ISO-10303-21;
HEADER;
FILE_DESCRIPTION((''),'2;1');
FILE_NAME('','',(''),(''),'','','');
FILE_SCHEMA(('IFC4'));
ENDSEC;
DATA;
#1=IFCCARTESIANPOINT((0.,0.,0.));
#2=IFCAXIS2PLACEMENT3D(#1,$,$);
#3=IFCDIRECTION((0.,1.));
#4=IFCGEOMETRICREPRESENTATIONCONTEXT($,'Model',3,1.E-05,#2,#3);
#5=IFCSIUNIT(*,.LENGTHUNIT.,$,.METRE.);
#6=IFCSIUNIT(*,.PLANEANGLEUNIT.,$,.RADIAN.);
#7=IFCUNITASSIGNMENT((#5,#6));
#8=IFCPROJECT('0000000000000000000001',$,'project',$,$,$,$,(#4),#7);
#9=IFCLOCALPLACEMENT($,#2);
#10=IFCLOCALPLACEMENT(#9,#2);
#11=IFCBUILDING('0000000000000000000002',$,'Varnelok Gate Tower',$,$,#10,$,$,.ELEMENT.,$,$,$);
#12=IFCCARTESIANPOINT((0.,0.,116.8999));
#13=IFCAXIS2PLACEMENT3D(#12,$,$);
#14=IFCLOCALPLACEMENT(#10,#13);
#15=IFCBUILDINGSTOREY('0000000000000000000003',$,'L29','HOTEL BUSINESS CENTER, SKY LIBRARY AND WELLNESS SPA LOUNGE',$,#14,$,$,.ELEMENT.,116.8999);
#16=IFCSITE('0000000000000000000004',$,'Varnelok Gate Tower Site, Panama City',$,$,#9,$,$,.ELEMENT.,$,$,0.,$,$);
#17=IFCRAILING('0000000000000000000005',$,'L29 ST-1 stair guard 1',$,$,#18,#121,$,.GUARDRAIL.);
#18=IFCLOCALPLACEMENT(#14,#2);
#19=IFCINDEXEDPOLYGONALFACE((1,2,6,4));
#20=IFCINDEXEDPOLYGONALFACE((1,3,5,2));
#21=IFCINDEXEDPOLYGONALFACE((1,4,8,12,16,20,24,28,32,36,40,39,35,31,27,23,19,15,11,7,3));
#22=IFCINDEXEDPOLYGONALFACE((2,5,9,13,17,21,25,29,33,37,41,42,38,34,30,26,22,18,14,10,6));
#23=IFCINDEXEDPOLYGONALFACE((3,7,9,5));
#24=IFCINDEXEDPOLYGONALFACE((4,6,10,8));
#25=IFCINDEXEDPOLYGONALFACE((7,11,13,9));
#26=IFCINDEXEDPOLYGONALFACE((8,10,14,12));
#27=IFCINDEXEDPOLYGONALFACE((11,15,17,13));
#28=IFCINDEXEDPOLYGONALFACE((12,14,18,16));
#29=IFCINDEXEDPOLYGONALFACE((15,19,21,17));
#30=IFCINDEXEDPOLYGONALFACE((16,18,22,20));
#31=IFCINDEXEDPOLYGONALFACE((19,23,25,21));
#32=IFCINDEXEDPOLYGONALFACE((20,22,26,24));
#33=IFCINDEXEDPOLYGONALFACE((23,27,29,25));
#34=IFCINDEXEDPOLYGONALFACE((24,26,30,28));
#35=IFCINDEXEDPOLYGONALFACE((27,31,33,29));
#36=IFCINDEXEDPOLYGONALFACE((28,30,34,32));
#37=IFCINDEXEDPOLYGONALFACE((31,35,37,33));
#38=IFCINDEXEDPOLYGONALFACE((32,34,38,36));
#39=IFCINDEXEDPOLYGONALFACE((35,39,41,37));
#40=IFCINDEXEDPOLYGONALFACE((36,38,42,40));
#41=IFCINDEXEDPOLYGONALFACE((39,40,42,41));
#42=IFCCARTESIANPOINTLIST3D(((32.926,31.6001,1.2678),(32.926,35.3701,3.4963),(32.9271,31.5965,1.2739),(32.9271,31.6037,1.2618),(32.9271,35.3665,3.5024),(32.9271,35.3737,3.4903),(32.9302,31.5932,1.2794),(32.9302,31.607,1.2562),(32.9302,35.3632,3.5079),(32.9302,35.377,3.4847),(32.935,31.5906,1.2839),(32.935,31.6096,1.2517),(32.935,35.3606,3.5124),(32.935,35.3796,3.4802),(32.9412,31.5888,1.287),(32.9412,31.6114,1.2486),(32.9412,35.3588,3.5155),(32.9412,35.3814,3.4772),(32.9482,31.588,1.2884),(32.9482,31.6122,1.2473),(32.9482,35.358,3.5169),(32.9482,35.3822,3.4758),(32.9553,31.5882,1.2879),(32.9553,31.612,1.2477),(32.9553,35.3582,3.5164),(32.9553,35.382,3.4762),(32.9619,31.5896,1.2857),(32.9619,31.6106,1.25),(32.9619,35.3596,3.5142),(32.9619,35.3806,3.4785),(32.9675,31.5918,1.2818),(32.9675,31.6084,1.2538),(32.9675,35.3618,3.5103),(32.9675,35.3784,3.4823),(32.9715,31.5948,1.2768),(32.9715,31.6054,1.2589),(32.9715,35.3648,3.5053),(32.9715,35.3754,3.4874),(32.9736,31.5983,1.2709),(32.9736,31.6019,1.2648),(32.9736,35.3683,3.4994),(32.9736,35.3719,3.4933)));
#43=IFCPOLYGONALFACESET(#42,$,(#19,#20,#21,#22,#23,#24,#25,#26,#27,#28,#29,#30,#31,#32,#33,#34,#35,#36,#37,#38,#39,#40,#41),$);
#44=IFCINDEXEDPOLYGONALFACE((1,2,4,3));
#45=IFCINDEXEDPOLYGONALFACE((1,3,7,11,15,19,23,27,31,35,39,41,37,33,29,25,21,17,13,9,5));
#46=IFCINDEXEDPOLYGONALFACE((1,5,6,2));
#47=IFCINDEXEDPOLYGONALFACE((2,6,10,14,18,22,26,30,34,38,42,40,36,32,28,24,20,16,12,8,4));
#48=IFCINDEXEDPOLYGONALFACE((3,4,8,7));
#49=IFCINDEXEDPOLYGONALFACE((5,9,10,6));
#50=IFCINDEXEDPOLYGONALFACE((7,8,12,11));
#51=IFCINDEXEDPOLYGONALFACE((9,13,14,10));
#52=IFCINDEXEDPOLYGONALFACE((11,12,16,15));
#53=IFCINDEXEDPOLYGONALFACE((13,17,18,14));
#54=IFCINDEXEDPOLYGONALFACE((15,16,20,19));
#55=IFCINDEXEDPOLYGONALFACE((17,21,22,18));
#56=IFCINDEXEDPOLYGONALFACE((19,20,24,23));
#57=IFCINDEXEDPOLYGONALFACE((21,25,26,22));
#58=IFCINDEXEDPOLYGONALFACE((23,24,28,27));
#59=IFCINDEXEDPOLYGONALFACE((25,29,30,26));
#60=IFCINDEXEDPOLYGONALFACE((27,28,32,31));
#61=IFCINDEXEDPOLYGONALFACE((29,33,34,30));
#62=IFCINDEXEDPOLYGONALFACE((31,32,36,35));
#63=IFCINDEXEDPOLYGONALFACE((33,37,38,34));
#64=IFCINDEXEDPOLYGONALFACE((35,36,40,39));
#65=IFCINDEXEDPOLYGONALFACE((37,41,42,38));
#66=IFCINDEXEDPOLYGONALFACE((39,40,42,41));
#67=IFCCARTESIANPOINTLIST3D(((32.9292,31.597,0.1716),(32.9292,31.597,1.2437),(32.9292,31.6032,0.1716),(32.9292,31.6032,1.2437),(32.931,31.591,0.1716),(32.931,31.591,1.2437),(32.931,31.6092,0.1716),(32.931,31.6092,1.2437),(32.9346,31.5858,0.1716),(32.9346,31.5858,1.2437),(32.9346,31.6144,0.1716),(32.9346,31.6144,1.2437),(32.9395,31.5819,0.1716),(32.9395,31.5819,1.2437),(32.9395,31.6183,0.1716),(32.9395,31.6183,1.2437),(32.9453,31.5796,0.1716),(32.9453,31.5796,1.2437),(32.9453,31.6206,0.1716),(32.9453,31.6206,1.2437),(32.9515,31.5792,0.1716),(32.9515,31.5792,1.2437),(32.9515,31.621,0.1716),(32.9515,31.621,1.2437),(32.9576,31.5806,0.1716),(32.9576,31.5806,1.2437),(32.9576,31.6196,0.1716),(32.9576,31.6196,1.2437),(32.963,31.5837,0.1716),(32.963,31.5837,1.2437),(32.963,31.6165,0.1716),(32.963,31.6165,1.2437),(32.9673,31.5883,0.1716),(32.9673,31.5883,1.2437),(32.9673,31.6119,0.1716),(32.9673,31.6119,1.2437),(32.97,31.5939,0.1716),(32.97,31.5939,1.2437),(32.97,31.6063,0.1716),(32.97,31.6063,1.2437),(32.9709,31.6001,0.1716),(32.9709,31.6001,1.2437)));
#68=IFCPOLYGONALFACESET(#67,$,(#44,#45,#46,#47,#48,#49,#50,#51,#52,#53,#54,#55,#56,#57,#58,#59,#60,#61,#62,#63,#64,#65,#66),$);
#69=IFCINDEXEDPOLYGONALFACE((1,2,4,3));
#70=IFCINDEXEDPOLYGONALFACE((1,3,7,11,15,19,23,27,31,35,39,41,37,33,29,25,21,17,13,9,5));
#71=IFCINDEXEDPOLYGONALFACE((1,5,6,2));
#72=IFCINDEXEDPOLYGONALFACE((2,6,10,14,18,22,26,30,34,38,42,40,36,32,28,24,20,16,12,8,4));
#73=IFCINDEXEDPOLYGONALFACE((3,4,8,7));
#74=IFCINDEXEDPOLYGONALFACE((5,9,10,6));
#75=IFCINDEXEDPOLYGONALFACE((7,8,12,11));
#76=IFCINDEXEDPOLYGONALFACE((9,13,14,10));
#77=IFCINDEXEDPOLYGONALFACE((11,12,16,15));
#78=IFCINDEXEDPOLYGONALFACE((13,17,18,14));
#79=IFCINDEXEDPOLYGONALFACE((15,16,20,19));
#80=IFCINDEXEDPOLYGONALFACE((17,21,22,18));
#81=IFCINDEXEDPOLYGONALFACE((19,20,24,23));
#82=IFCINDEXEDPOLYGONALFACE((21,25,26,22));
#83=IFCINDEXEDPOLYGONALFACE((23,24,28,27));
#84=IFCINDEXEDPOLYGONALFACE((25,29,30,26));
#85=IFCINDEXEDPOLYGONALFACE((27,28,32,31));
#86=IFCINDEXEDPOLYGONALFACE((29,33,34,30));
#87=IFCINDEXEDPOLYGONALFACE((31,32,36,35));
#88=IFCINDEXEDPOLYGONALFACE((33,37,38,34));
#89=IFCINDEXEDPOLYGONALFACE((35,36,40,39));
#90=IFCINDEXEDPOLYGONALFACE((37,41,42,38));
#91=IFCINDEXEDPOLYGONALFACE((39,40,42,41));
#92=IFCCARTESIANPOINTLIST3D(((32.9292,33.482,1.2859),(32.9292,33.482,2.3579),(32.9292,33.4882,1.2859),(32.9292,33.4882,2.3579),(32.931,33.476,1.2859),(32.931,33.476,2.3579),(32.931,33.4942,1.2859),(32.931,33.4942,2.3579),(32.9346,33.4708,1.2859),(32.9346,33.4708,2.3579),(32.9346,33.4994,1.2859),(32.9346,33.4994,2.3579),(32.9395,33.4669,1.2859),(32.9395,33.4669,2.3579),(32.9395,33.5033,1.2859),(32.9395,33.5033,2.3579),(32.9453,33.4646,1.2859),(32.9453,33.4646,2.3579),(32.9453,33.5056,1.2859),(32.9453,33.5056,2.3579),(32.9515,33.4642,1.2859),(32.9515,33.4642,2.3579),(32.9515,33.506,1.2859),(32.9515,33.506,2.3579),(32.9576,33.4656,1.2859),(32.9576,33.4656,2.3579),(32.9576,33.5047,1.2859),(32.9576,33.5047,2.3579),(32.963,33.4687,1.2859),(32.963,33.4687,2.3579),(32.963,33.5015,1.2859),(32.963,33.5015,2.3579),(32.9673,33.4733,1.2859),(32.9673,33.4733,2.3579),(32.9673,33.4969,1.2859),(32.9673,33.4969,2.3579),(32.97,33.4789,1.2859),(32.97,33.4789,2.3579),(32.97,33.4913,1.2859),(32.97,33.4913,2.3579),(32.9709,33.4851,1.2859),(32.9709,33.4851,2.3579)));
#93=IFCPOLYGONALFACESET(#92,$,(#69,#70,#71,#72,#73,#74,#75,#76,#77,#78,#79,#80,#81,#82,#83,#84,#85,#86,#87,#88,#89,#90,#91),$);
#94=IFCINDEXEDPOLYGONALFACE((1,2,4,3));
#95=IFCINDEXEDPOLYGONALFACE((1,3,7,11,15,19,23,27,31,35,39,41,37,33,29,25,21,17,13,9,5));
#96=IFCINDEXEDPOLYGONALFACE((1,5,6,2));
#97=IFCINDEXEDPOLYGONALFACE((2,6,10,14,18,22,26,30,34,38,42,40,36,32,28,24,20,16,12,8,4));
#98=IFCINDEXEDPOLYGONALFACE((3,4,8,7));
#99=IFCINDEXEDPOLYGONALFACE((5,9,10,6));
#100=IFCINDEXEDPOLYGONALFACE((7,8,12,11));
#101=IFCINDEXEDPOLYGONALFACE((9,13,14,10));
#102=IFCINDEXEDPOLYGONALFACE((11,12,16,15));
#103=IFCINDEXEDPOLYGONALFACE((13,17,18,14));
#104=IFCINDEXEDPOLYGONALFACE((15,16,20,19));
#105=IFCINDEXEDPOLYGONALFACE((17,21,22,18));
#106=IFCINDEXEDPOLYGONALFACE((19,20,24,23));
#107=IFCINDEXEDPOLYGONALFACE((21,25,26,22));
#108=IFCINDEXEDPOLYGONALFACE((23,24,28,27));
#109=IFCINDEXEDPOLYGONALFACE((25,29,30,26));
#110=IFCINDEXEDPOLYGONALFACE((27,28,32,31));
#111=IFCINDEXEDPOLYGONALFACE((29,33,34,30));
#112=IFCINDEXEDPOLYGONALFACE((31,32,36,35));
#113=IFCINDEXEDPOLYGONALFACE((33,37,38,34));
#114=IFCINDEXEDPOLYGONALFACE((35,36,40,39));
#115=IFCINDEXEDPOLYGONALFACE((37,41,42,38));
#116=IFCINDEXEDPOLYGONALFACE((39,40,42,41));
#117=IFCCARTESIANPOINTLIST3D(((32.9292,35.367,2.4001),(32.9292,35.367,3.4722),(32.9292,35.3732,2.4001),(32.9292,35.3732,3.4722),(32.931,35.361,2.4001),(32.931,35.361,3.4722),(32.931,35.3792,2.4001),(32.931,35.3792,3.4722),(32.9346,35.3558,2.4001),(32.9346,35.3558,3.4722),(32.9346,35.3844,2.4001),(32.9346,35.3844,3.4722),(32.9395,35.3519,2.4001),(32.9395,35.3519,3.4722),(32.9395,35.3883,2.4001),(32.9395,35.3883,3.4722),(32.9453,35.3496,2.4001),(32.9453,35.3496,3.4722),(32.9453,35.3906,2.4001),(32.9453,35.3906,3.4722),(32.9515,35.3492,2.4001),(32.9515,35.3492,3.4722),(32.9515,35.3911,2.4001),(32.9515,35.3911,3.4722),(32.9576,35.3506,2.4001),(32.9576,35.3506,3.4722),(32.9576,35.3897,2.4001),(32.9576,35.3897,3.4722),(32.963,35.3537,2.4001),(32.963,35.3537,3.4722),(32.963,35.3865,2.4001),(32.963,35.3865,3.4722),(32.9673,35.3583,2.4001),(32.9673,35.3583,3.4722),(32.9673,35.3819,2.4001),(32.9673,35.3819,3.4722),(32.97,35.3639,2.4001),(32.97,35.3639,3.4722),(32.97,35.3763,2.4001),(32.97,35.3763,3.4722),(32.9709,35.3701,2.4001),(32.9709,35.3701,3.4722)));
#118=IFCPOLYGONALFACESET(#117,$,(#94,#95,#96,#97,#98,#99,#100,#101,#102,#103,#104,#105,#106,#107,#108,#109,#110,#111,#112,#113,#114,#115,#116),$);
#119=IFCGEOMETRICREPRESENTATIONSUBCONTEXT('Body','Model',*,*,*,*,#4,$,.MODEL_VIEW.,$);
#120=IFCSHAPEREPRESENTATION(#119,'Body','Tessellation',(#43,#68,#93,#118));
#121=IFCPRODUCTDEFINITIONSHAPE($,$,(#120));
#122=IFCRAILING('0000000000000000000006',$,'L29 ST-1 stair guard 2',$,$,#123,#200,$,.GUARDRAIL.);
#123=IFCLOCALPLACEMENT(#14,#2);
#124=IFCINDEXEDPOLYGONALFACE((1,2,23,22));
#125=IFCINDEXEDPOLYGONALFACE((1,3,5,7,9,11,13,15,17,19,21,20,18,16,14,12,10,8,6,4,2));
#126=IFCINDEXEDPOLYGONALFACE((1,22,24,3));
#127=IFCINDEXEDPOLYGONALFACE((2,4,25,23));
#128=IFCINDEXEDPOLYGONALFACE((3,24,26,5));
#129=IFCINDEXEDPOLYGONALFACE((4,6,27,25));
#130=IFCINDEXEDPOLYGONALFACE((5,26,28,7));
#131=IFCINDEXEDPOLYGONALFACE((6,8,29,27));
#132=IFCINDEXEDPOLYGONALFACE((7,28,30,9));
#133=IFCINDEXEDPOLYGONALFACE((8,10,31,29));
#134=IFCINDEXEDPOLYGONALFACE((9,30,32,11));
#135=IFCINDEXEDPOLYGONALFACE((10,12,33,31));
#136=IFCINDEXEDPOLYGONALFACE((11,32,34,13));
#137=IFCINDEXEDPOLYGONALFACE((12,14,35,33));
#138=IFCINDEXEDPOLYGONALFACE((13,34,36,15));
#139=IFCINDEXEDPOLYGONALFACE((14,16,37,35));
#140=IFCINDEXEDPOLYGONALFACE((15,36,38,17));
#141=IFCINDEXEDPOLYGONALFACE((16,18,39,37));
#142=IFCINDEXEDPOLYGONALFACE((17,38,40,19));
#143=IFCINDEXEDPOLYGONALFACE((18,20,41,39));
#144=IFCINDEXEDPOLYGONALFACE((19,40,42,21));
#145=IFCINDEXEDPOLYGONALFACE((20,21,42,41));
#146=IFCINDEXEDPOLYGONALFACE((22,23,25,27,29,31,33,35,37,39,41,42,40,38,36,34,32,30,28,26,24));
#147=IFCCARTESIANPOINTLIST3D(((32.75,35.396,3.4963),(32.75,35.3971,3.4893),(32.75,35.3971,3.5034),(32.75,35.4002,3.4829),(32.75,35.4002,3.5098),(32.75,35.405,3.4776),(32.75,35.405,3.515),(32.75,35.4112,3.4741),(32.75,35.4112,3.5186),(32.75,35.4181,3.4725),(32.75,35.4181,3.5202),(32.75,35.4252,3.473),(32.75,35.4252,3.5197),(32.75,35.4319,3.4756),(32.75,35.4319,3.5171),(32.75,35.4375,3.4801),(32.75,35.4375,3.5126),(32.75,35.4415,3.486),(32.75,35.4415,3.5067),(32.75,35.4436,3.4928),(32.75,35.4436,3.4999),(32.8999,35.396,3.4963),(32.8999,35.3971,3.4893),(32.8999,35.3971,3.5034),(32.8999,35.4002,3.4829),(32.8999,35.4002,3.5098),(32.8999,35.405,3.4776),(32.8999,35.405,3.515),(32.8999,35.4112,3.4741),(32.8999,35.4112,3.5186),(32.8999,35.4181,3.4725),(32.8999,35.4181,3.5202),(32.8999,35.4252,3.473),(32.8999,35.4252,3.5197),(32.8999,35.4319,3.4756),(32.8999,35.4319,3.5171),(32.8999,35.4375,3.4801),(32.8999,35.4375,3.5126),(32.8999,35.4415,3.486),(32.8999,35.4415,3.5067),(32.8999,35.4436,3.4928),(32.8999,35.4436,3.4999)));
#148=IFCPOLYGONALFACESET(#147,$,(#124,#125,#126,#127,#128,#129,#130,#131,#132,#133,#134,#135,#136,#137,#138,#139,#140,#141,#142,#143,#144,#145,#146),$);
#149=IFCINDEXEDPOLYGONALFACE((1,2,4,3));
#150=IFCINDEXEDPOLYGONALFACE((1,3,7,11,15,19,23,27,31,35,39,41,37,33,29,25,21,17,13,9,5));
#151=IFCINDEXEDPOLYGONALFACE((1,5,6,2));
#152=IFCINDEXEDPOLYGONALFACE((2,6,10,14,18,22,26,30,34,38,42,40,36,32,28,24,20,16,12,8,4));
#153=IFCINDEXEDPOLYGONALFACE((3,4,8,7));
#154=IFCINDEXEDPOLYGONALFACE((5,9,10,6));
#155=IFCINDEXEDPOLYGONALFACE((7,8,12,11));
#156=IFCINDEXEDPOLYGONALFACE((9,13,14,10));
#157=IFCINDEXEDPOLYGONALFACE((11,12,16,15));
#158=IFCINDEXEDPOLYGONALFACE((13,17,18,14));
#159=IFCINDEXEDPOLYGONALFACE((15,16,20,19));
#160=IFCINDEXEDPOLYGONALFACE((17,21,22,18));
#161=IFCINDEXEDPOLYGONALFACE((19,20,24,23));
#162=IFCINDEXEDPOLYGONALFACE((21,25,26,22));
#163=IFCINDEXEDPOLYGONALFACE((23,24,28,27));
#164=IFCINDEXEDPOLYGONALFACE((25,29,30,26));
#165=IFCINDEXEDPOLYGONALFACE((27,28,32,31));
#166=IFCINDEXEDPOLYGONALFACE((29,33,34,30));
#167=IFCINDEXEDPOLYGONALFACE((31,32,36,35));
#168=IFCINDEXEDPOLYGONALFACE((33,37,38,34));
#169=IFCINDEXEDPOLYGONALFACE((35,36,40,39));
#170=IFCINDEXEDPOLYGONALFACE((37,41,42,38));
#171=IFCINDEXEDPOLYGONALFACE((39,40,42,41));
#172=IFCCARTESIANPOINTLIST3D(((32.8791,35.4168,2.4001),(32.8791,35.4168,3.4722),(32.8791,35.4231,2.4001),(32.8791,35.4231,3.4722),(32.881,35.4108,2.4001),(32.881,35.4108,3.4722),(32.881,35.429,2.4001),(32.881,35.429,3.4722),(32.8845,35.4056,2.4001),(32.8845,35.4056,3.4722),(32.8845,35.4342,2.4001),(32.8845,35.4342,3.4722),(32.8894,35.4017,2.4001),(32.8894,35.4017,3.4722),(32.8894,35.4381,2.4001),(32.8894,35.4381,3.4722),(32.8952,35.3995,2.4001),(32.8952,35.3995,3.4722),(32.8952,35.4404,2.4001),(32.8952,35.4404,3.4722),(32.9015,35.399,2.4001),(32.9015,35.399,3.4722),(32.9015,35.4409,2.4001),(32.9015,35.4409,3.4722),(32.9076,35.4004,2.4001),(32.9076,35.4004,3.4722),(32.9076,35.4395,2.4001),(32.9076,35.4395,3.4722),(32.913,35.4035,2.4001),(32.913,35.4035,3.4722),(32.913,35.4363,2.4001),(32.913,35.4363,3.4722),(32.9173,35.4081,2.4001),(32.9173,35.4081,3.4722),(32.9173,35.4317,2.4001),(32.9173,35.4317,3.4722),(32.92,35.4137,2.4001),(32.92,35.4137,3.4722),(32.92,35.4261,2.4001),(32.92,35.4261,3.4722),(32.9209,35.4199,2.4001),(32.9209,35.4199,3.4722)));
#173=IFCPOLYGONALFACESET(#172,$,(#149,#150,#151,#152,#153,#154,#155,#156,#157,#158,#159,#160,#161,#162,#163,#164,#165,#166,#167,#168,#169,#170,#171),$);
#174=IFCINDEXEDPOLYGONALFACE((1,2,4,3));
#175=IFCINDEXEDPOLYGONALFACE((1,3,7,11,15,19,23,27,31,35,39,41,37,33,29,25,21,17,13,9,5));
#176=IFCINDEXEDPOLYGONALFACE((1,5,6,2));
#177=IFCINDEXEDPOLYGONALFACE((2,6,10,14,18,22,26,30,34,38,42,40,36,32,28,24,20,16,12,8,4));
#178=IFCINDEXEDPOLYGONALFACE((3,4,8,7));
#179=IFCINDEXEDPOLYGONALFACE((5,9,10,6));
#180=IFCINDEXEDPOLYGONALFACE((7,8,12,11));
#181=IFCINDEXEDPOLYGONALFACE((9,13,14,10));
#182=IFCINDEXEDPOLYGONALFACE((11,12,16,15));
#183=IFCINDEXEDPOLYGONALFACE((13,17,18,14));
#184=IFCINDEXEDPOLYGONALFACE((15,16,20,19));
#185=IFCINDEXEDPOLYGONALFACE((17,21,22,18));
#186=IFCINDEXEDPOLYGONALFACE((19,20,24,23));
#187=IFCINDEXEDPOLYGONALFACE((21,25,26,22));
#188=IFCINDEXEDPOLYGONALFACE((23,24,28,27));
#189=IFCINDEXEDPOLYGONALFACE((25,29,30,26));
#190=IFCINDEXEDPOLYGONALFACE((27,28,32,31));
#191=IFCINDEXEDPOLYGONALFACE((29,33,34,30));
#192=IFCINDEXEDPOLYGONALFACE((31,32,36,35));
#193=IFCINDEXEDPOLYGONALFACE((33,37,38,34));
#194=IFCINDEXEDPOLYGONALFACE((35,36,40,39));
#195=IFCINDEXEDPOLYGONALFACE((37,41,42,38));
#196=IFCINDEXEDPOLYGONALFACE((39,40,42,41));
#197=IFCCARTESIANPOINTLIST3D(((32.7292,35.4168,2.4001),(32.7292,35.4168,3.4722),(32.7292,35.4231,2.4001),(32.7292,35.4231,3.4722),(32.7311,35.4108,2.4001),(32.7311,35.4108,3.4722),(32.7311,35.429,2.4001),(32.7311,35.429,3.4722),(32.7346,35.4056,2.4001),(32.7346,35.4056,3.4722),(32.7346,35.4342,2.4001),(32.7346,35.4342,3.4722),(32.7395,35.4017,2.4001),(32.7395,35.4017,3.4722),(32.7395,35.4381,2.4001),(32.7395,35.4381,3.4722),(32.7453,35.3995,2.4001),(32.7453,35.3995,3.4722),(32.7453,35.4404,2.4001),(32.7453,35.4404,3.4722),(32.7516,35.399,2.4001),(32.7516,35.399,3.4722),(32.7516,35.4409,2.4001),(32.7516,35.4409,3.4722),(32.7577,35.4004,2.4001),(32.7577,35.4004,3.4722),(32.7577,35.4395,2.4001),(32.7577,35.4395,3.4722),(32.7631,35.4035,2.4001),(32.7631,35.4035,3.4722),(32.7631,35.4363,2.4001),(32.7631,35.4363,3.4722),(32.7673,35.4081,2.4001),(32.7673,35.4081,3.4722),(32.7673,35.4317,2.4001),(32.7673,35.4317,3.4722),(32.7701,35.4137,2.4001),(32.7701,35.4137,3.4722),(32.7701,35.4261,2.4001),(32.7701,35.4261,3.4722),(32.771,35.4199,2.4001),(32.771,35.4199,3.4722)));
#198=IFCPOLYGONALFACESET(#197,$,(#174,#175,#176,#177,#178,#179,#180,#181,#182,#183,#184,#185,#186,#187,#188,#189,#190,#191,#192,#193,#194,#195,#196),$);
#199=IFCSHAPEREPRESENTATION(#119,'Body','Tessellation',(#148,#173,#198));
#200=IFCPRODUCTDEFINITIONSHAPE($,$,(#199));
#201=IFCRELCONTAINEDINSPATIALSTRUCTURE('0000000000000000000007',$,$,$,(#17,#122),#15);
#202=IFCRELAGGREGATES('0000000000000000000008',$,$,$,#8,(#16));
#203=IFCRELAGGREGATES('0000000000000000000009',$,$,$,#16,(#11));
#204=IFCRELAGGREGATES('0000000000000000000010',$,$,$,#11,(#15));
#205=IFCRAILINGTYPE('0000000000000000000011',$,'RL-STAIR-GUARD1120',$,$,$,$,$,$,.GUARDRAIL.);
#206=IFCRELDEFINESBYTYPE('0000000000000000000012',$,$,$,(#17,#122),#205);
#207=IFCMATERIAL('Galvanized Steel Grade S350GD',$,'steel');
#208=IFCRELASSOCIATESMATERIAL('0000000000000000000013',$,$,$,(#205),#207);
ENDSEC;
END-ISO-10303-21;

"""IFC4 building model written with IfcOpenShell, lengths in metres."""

from ifc_helpers import new_model, si_unit, direction, frame, origin, origin_2d, place, context, subcontext, project, spatial, circle, extrude, material, type_object, element, save


model = new_model("IFC4")

# Units and contexts
model_context = context("Model", 3, precision=1e-05, world=origin(), true_north=direction((0.0, 1.0)))
body_context = subcontext(model_context, "Body", "Model", "MODEL_VIEW")
ifc_project = project(units=[si_unit("LENGTHUNIT", "METRE"), si_unit("PLANEANGLEUNIT", "RADIAN")], contexts=[model_context])

# Site, building, storey
site_placement = place(None, origin())
site = spatial("IfcSite", under=ifc_project, at=site_placement, Name="Varnelok Gate Tower Site, Panama City", CompositionType="ELEMENT", RefElevation=0.0)
building_placement = place(site_placement, origin())
building = spatial("IfcBuilding", under=site, at=building_placement, Name="Varnelok Gate Tower", CompositionType="ELEMENT")
storey_placement = place(building_placement, frame((0.0, 0.0, 116.8999)))
storey = spatial("IfcBuildingStorey", under=building, at=storey_placement, Name="L29", Description="HOTEL BUSINESS CENTER, SKY LIBRARY AND WELLNESS SPA LOUNGE", CompositionType="ELEMENT", Elevation=116.8999)

# Shared definitions
ifc_material_1 = material(Name="Galvanized Steel Grade S350GD", Category="steel")

# Railings
railing_type_1 = type_object("IfcRailingType", Name="RL-STAIR-GUARD1120", PredefinedType="GUARDRAIL", material=ifc_material_1)
railing_1_placement = place(storey_placement, frame((32.95, 31.6001, 0.1716)))
element("IfcRailing", 1, at=railing_1_placement, inside=storey, type_object=railing_type_1, Name="L29 ST-1 stair guard 1", PredefinedType="GUARDRAIL", context=body_context, shape_type="SweptSolid", body=[
    extrude(circle(Radius=0.0239, at=origin_2d()), frame((0.0, 0.0, 1.0962), z_axis=(0.0, 0.860849, 0.508861), x_axis=(-1.0, 0.0, 0.0)), (0.0, 0.0, 1.0), 4.3794),
    extrude(circle(Radius=0.021, at=origin_2d()), origin(), (0.0, 0.0, 1.0), 1.072),
    extrude(circle(Radius=0.021, at=origin_2d()), frame((0.0, 1.885, 1.1143)), (0.0, 0.0, 1.0), 1.072),
    extrude(circle(Radius=0.021, at=origin_2d()), frame((0.0, 3.77, 2.2285)), (0.0, 0.0, 1.0), 1.072),
])
railing_2_placement = place(storey_placement, frame((32.8999, 35.4199, 2.4001)))
element("IfcRailing", 2, at=railing_2_placement, inside=storey, type_object=railing_type_1, Name="L29 ST-1 stair guard 2", PredefinedType="GUARDRAIL", context=body_context, shape_type="SweptSolid", body=[
    extrude(circle(Radius=0.0239, at=origin_2d()), frame((0.0, 0.0, 1.0962), z_axis=(-1.0, 0.0, 0.0), x_axis=(0.0, -1.0, 0.0)), (0.0, 0.0, 1.0), 0.1499),
    extrude(circle(Radius=0.021, at=origin_2d()), origin(), (0.0, 0.0, 1.0), 1.072),
    extrude(circle(Radius=0.021, at=origin_2d()), frame((-0.1499, 0.0, 0.0)), (0.0, 0.0, 1.0), 1.072),
])

save(model, "model.ifc")
